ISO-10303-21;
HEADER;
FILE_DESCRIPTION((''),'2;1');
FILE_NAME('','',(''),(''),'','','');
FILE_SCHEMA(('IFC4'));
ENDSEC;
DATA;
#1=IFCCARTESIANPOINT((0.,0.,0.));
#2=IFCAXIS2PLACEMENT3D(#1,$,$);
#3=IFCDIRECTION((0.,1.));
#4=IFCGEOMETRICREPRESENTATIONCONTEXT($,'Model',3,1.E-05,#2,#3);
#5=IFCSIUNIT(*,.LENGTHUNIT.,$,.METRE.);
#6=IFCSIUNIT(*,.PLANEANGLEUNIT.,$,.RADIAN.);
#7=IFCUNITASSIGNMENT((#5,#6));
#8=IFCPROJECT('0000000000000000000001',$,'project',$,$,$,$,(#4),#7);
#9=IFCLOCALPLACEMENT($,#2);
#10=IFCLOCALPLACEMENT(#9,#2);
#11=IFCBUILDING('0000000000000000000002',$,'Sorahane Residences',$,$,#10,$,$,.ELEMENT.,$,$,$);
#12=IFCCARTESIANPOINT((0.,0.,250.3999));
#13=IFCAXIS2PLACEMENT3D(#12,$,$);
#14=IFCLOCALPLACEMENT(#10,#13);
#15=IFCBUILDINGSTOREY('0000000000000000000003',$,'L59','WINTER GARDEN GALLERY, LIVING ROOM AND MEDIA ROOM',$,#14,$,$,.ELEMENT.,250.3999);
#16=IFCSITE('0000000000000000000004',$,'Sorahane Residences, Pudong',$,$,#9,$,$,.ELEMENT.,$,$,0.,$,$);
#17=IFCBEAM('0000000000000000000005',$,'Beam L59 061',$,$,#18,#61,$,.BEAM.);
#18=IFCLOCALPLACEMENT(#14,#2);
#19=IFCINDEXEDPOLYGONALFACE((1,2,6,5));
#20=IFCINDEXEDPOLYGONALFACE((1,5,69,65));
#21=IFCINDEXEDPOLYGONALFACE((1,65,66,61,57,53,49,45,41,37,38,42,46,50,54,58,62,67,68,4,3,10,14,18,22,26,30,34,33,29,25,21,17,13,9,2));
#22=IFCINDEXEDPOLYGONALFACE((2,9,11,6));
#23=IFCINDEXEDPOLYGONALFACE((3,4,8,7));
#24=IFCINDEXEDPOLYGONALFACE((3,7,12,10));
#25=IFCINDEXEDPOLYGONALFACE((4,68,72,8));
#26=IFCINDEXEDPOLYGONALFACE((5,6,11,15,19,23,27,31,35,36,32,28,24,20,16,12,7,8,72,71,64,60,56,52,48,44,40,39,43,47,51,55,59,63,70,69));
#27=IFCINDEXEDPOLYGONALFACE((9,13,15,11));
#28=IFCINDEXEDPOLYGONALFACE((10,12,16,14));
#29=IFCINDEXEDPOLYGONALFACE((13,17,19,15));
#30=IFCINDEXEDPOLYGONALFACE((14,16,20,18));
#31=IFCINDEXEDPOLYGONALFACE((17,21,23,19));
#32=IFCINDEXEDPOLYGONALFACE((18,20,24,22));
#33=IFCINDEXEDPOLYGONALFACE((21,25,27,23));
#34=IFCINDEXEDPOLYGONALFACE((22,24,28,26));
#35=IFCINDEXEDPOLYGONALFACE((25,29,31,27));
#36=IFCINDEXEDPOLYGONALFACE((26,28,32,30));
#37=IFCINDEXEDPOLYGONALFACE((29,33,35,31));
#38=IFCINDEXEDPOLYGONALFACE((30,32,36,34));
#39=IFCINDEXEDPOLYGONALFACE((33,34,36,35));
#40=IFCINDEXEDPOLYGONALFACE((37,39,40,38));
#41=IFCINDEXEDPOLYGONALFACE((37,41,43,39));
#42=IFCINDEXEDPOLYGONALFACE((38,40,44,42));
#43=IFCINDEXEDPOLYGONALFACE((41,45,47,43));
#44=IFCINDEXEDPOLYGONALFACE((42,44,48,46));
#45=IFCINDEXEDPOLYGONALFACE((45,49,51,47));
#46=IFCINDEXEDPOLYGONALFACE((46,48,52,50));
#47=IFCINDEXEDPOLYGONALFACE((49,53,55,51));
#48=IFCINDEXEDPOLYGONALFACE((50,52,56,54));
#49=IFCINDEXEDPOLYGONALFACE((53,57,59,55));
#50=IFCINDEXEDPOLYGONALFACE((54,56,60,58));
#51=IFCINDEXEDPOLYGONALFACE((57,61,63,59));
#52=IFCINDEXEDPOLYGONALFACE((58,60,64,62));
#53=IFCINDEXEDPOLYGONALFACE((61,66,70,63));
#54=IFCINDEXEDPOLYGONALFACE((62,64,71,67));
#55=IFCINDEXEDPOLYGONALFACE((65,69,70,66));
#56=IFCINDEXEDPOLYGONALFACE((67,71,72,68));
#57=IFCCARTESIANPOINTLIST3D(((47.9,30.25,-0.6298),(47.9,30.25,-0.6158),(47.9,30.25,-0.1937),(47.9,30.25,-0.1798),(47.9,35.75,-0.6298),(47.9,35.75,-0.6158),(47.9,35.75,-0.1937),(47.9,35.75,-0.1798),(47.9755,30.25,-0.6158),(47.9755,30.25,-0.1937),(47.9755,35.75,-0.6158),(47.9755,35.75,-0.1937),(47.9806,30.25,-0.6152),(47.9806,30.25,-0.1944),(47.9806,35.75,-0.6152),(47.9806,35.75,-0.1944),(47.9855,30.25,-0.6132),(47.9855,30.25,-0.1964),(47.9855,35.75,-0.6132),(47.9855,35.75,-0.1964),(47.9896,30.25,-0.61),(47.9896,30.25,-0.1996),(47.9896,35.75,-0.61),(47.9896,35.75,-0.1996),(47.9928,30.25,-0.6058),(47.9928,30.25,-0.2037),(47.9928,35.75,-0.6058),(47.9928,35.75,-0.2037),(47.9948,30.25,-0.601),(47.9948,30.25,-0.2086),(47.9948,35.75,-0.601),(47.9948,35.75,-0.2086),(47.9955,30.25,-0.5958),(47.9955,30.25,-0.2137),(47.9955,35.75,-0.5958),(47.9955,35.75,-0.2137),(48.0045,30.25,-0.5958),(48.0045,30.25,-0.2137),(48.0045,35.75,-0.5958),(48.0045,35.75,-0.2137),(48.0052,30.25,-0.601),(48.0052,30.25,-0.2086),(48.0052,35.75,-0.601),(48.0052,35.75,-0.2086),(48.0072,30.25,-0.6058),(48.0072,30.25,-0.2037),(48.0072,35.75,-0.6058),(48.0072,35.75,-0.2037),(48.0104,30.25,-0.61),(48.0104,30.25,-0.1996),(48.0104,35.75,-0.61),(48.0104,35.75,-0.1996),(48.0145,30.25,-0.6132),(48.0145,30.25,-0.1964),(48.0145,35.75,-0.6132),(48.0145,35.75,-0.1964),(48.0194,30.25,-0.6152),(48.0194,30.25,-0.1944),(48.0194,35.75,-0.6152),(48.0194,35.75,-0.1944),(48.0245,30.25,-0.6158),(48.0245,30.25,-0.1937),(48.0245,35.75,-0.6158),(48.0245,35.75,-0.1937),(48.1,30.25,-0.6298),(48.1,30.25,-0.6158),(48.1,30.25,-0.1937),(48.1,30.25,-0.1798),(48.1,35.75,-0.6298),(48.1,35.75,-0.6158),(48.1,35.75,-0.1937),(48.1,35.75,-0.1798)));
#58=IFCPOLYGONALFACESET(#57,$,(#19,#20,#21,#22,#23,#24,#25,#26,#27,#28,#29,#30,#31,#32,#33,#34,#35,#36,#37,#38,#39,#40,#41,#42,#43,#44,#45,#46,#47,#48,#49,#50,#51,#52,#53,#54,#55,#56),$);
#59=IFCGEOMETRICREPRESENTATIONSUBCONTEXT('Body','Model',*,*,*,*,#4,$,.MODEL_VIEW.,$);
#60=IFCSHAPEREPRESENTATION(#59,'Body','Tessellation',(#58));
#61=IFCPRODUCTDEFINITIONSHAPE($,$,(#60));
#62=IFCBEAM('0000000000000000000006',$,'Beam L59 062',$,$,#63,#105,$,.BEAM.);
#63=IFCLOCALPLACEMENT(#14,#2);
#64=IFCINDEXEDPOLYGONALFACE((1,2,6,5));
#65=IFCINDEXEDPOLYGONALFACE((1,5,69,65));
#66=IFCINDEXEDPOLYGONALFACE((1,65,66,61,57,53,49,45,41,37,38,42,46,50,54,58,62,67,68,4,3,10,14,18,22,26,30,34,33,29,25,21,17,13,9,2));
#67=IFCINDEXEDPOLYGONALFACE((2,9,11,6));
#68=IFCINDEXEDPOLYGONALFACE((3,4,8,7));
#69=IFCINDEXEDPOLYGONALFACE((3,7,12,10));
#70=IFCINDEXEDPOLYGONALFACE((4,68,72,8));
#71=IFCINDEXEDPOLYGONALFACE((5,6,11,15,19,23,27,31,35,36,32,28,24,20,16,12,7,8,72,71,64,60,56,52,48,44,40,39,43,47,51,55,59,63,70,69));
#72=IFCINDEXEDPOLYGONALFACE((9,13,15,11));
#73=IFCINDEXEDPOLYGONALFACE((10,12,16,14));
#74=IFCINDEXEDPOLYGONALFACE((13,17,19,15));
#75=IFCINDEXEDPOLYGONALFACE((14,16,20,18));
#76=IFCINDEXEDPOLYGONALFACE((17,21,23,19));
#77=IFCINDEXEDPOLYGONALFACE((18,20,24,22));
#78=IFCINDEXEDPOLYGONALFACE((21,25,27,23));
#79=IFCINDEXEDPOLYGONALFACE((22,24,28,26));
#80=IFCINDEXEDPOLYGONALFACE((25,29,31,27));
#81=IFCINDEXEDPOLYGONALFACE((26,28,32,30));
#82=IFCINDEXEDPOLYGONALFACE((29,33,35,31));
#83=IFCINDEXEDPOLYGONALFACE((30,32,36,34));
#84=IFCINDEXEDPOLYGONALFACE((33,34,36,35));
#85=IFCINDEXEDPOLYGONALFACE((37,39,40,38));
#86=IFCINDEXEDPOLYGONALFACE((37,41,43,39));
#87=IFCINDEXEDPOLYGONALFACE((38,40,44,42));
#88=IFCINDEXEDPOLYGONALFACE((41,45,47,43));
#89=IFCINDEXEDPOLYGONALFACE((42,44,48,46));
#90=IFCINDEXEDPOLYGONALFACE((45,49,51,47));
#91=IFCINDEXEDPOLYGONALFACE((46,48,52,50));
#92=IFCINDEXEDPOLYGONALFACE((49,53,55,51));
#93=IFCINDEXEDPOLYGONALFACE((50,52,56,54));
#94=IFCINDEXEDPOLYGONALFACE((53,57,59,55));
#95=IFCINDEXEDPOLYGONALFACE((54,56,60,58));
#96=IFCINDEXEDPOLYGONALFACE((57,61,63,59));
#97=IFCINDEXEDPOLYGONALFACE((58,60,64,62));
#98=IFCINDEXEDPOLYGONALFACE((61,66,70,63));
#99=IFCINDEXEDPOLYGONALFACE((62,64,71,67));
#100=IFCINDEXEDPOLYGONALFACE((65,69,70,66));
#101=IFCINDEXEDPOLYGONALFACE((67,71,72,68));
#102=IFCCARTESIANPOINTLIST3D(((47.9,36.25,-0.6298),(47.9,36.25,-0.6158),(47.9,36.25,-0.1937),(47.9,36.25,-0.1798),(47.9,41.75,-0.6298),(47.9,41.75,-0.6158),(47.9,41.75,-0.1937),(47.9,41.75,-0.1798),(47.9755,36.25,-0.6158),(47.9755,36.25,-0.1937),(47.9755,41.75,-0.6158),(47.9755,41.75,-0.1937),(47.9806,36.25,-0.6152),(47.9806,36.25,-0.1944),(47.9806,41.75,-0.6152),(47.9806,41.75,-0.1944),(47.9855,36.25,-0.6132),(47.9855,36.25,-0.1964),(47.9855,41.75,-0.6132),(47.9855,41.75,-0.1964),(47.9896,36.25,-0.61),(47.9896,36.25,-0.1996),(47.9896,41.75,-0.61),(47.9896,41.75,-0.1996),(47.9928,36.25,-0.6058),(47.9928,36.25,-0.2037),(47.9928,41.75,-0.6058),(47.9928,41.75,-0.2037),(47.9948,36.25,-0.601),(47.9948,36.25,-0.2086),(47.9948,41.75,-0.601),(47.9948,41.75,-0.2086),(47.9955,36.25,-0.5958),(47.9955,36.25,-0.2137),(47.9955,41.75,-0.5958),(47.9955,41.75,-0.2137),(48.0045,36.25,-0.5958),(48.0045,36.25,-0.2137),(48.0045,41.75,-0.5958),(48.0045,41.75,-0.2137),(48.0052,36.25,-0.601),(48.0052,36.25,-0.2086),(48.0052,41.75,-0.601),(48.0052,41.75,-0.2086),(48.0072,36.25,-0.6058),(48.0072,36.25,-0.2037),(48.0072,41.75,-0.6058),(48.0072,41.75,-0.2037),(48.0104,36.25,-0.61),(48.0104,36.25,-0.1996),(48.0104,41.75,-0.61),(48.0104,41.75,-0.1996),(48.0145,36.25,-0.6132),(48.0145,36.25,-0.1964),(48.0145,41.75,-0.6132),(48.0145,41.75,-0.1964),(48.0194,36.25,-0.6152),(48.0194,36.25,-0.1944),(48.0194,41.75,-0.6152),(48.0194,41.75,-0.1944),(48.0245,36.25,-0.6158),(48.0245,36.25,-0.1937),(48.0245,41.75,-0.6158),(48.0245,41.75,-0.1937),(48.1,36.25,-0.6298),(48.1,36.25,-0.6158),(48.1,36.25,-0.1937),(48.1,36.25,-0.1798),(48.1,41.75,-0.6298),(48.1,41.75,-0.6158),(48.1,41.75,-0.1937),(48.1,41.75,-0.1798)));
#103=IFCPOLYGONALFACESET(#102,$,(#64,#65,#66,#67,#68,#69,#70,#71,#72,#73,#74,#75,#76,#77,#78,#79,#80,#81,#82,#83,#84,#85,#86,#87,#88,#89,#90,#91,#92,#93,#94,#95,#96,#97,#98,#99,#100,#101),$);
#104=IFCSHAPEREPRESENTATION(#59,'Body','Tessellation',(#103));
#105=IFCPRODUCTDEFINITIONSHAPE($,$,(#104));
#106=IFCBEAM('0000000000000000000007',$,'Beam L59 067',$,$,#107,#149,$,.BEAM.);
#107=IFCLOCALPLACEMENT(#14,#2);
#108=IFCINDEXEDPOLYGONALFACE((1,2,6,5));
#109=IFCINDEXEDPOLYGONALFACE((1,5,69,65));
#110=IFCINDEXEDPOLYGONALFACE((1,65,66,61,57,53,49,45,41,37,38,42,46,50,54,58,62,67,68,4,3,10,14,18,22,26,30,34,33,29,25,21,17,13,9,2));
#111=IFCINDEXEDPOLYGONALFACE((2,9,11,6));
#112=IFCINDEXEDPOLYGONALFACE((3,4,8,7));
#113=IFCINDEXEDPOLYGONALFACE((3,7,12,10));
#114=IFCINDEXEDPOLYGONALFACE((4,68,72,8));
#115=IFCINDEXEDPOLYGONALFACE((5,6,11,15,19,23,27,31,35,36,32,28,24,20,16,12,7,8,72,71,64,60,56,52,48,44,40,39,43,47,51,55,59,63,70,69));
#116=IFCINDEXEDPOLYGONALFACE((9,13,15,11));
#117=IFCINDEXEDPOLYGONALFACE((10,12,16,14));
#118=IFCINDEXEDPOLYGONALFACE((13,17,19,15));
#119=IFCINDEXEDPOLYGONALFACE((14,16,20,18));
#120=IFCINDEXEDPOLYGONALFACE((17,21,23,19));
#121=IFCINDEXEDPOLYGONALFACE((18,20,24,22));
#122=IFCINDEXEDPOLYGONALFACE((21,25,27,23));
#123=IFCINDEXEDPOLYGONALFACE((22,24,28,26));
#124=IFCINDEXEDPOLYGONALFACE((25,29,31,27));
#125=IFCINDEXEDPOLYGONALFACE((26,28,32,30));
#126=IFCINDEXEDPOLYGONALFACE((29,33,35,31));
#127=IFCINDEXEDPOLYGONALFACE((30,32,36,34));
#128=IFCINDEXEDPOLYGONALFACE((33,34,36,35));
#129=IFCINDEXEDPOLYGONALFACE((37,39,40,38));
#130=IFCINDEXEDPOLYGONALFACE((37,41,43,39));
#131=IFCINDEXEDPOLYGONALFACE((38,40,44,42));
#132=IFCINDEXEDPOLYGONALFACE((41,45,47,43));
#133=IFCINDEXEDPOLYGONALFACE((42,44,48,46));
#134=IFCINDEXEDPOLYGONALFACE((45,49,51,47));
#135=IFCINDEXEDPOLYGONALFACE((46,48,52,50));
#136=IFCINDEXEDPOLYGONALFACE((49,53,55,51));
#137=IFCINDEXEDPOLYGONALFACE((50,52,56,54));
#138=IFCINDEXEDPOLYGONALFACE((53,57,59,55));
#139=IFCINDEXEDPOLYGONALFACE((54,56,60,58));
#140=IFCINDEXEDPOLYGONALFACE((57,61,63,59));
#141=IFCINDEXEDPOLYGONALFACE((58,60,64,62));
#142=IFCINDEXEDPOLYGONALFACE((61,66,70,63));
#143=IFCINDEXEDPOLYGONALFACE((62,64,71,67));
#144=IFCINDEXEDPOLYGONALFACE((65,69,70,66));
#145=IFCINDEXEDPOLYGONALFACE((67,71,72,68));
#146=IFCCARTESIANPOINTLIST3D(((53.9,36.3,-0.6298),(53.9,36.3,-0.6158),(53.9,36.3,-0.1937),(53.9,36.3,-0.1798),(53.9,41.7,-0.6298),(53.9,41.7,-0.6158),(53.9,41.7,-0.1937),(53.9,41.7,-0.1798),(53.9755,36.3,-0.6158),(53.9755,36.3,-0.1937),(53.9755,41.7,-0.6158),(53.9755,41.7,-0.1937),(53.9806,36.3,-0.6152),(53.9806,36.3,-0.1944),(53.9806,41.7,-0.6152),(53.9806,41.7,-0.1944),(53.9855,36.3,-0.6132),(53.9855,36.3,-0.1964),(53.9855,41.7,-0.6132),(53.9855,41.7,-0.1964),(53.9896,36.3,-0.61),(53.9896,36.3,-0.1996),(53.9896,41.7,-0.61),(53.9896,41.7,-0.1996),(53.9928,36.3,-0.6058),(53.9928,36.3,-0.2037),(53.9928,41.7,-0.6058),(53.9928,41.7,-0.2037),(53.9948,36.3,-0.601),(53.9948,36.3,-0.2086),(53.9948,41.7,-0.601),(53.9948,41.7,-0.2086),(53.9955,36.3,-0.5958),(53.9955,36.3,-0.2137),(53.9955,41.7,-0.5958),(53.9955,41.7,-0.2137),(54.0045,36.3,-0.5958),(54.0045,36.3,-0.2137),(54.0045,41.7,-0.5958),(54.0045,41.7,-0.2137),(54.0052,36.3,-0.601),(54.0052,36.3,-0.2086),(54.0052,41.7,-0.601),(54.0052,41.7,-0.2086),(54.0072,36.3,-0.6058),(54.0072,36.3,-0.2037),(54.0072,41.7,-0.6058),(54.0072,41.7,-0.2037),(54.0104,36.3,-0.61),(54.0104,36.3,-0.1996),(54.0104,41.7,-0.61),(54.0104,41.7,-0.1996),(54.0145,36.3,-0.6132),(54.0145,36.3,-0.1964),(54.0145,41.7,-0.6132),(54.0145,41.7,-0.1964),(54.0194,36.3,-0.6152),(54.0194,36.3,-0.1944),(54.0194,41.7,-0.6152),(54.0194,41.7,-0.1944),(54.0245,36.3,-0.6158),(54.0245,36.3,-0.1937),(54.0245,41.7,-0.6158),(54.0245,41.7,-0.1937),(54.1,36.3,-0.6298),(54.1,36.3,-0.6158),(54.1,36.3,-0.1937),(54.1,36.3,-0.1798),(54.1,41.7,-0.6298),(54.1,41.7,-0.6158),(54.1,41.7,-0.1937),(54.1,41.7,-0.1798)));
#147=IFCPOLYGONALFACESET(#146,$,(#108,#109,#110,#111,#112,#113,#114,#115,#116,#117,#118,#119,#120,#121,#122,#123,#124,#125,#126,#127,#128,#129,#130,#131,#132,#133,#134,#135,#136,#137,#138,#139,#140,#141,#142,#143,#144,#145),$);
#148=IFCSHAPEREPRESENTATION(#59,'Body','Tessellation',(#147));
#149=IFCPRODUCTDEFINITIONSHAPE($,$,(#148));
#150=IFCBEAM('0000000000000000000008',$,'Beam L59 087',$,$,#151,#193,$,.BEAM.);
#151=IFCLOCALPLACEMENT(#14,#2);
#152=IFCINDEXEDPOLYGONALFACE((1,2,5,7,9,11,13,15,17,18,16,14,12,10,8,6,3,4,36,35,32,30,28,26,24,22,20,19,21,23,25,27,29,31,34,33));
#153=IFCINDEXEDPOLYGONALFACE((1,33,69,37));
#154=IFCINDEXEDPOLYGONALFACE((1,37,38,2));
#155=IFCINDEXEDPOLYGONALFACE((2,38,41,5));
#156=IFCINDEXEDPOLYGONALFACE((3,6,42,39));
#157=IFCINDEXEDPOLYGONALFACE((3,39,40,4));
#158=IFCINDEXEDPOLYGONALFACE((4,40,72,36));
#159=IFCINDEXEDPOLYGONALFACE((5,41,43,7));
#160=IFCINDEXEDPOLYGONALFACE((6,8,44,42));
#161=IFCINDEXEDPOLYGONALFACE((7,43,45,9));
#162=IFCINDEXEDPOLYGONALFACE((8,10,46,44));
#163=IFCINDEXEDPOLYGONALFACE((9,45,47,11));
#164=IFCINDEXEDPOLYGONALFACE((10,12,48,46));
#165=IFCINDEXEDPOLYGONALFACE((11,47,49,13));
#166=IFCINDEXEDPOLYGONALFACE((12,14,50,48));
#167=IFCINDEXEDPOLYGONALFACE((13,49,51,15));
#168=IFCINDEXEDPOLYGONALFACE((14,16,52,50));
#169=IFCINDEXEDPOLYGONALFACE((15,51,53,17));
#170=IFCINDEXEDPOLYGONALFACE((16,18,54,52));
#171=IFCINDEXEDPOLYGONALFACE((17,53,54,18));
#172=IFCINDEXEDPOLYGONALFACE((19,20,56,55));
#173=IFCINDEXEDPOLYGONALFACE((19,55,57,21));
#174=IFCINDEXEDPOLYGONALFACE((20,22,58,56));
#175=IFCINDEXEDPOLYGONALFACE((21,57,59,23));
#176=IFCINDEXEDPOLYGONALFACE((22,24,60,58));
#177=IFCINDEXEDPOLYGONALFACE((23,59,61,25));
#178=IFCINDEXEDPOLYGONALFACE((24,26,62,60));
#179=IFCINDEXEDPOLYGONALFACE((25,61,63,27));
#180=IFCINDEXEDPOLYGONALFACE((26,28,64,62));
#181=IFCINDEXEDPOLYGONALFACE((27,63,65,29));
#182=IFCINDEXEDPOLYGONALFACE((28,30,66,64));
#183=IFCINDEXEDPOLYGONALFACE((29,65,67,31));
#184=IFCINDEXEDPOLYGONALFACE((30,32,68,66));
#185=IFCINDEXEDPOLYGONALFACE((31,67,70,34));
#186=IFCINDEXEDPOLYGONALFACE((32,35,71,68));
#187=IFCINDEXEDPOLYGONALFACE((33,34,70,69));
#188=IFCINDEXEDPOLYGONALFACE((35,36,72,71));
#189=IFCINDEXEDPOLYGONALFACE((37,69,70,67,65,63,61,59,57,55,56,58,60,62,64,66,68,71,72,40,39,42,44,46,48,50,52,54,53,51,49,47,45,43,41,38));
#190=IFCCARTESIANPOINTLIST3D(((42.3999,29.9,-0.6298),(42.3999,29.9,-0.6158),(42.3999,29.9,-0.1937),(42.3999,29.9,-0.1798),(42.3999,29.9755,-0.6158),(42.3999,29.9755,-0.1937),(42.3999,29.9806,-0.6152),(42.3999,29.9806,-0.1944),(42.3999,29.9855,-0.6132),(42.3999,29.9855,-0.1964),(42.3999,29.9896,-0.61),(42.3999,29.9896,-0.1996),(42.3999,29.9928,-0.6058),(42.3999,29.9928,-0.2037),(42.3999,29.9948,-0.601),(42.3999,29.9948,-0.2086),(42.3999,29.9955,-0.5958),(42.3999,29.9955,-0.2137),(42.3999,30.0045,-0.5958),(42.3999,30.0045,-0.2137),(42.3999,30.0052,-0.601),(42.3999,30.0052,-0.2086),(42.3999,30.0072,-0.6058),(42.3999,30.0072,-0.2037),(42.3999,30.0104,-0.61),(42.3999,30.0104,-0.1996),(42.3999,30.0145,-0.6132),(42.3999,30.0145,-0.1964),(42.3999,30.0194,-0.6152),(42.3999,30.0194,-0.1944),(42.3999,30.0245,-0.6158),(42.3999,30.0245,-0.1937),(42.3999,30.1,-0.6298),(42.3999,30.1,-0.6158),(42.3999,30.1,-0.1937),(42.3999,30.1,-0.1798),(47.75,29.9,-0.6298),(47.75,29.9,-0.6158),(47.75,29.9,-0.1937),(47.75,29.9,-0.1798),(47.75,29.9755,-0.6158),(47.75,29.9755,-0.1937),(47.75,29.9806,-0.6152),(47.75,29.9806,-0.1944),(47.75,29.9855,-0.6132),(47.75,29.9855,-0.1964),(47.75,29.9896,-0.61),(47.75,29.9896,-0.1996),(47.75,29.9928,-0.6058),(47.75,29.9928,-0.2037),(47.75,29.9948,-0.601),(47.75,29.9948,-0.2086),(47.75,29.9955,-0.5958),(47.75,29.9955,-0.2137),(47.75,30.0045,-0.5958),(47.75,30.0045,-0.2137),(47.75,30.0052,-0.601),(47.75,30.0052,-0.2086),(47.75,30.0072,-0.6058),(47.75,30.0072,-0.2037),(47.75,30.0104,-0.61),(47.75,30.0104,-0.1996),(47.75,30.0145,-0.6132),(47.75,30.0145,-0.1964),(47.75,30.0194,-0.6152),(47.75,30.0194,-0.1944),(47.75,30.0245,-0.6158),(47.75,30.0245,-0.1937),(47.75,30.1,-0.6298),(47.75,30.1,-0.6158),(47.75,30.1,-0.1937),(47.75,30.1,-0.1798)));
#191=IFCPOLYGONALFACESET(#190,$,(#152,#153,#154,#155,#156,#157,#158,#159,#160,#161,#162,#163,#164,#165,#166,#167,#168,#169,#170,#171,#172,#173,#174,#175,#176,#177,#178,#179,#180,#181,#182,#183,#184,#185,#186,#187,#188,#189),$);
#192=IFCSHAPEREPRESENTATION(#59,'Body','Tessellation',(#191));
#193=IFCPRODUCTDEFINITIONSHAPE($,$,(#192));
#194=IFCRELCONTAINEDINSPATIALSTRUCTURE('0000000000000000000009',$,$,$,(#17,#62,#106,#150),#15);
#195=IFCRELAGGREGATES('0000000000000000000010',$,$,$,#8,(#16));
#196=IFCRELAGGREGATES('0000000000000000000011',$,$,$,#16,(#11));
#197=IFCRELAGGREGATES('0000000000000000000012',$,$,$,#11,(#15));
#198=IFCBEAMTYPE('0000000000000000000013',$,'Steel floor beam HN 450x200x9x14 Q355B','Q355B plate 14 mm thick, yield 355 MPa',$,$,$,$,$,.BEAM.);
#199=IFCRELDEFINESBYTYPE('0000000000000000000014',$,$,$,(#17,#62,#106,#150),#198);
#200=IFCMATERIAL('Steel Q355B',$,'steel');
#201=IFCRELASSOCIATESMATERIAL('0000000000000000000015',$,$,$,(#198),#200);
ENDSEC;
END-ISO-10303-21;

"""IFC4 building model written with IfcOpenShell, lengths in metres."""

from ifc_helpers import new_model, si_unit, direction, frame, origin, origin_2d, place, context, subcontext, project, spatial, i_section, extrude, material, material_profile, profile_set, type_object, element, save


model = new_model("IFC4")

# Units and contexts
model_context = context("Model", 3, precision=1e-05, world=origin(), true_north=direction((0.0, 1.0)))
body_context = subcontext(model_context, "Body", "Model", "MODEL_VIEW")
ifc_project = project(units=[si_unit("LENGTHUNIT", "METRE"), si_unit("PLANEANGLEUNIT", "RADIAN")], contexts=[model_context])

# Site, building, storey
site_placement = place(None, origin())
site = spatial("IfcSite", under=ifc_project, at=site_placement, Name="Sorahane Residences, Pudong", CompositionType="ELEMENT", RefElevation=0.0)
building_placement = place(site_placement, origin())
building = spatial("IfcBuilding", under=site, at=building_placement, Name="Sorahane Residences", CompositionType="ELEMENT")
storey_placement = place(building_placement, frame((0.0, 0.0, 250.3999)))
storey = spatial("IfcBuildingStorey", under=building, at=storey_placement, Name="L59", Description="WINTER GARDEN GALLERY, LIVING ROOM AND MEDIA ROOM", CompositionType="ELEMENT", Elevation=250.3999)

# Beams
ifc_material_1 = material(Name="Steel Q355B", Category="steel")
ifc_material_profile_1 = material_profile(ifc_material_1, i_section(OverallWidth=0.2, OverallDepth=0.45, WebThickness=0.009, FlangeThickness=0.0139, FilletRadius=0.02, at=origin_2d()), Name="HN 450x200x9x14")
ifc_profile_set_1 = profile_set([ifc_material_profile_1], Name="Steel Q355B")
beam_type_1 = type_object("IfcBeamType", Name="Steel floor beam HN 450x200x9x14 Q355B", Description="Q355B plate 14 mm thick, yield 355 MPa", PredefinedType="BEAM", material=ifc_profile_set_1)
for number, where, z_axis, x_axis, name in (
    (1, (48.0, 30.25, -0.4048), (0.0, 1.0, 0.0), (-1.0, 0.0, 0.0), "Beam L59 061"),
    (2, (48.0, 36.25, -0.4048), (0.0, 1.0, 0.0), (-1.0, 0.0, 0.0), "Beam L59 062"),
):
    element("IfcBeam", number, at=place(storey_placement, frame(where, z_axis=z_axis, x_axis=x_axis)), inside=storey, type_object=beam_type_1, Name=name, PredefinedType="BEAM", context=body_context, shape_type="SweptSolid", body=[
        extrude(i_section(OverallWidth=0.2, OverallDepth=0.45, WebThickness=0.009, FlangeThickness=0.0139, FilletRadius=0.02, at=origin_2d()), origin(), (0.0, 0.0, 1.0), 5.5),
    ])
beam_1_placement = place(storey_placement, frame((54.0, 36.3, -0.4048), z_axis=(0.0, 1.0, 0.0), x_axis=(-1.0, 0.0, 0.0)))
element("IfcBeam", 3, at=beam_1_placement, inside=storey, type_object=beam_type_1, Name="Beam L59 067", PredefinedType="BEAM", context=body_context, shape_type="SweptSolid", body=[
    extrude(i_section(OverallWidth=0.2, OverallDepth=0.45, WebThickness=0.009, FlangeThickness=0.0139, FilletRadius=0.02, at=origin_2d()), origin(), (0.0, 0.0, 1.0), 5.3999),
])
beam_2_placement = place(storey_placement, frame((42.3999, 30.0, -0.4048), z_axis=(1.0, 0.0, 0.0), x_axis=(0.0, 1.0, 0.0)))
element("IfcBeam", 4, at=beam_2_placement, inside=storey, type_object=beam_type_1, Name="Beam L59 087", PredefinedType="BEAM", context=body_context, shape_type="SweptSolid", body=[
    extrude(i_section(OverallWidth=0.2, OverallDepth=0.45, WebThickness=0.009, FlangeThickness=0.0139, FilletRadius=0.02, at=origin_2d()), origin(), (0.0, 0.0, 1.0), 5.3501),
])

save(model, "model.ifc")
